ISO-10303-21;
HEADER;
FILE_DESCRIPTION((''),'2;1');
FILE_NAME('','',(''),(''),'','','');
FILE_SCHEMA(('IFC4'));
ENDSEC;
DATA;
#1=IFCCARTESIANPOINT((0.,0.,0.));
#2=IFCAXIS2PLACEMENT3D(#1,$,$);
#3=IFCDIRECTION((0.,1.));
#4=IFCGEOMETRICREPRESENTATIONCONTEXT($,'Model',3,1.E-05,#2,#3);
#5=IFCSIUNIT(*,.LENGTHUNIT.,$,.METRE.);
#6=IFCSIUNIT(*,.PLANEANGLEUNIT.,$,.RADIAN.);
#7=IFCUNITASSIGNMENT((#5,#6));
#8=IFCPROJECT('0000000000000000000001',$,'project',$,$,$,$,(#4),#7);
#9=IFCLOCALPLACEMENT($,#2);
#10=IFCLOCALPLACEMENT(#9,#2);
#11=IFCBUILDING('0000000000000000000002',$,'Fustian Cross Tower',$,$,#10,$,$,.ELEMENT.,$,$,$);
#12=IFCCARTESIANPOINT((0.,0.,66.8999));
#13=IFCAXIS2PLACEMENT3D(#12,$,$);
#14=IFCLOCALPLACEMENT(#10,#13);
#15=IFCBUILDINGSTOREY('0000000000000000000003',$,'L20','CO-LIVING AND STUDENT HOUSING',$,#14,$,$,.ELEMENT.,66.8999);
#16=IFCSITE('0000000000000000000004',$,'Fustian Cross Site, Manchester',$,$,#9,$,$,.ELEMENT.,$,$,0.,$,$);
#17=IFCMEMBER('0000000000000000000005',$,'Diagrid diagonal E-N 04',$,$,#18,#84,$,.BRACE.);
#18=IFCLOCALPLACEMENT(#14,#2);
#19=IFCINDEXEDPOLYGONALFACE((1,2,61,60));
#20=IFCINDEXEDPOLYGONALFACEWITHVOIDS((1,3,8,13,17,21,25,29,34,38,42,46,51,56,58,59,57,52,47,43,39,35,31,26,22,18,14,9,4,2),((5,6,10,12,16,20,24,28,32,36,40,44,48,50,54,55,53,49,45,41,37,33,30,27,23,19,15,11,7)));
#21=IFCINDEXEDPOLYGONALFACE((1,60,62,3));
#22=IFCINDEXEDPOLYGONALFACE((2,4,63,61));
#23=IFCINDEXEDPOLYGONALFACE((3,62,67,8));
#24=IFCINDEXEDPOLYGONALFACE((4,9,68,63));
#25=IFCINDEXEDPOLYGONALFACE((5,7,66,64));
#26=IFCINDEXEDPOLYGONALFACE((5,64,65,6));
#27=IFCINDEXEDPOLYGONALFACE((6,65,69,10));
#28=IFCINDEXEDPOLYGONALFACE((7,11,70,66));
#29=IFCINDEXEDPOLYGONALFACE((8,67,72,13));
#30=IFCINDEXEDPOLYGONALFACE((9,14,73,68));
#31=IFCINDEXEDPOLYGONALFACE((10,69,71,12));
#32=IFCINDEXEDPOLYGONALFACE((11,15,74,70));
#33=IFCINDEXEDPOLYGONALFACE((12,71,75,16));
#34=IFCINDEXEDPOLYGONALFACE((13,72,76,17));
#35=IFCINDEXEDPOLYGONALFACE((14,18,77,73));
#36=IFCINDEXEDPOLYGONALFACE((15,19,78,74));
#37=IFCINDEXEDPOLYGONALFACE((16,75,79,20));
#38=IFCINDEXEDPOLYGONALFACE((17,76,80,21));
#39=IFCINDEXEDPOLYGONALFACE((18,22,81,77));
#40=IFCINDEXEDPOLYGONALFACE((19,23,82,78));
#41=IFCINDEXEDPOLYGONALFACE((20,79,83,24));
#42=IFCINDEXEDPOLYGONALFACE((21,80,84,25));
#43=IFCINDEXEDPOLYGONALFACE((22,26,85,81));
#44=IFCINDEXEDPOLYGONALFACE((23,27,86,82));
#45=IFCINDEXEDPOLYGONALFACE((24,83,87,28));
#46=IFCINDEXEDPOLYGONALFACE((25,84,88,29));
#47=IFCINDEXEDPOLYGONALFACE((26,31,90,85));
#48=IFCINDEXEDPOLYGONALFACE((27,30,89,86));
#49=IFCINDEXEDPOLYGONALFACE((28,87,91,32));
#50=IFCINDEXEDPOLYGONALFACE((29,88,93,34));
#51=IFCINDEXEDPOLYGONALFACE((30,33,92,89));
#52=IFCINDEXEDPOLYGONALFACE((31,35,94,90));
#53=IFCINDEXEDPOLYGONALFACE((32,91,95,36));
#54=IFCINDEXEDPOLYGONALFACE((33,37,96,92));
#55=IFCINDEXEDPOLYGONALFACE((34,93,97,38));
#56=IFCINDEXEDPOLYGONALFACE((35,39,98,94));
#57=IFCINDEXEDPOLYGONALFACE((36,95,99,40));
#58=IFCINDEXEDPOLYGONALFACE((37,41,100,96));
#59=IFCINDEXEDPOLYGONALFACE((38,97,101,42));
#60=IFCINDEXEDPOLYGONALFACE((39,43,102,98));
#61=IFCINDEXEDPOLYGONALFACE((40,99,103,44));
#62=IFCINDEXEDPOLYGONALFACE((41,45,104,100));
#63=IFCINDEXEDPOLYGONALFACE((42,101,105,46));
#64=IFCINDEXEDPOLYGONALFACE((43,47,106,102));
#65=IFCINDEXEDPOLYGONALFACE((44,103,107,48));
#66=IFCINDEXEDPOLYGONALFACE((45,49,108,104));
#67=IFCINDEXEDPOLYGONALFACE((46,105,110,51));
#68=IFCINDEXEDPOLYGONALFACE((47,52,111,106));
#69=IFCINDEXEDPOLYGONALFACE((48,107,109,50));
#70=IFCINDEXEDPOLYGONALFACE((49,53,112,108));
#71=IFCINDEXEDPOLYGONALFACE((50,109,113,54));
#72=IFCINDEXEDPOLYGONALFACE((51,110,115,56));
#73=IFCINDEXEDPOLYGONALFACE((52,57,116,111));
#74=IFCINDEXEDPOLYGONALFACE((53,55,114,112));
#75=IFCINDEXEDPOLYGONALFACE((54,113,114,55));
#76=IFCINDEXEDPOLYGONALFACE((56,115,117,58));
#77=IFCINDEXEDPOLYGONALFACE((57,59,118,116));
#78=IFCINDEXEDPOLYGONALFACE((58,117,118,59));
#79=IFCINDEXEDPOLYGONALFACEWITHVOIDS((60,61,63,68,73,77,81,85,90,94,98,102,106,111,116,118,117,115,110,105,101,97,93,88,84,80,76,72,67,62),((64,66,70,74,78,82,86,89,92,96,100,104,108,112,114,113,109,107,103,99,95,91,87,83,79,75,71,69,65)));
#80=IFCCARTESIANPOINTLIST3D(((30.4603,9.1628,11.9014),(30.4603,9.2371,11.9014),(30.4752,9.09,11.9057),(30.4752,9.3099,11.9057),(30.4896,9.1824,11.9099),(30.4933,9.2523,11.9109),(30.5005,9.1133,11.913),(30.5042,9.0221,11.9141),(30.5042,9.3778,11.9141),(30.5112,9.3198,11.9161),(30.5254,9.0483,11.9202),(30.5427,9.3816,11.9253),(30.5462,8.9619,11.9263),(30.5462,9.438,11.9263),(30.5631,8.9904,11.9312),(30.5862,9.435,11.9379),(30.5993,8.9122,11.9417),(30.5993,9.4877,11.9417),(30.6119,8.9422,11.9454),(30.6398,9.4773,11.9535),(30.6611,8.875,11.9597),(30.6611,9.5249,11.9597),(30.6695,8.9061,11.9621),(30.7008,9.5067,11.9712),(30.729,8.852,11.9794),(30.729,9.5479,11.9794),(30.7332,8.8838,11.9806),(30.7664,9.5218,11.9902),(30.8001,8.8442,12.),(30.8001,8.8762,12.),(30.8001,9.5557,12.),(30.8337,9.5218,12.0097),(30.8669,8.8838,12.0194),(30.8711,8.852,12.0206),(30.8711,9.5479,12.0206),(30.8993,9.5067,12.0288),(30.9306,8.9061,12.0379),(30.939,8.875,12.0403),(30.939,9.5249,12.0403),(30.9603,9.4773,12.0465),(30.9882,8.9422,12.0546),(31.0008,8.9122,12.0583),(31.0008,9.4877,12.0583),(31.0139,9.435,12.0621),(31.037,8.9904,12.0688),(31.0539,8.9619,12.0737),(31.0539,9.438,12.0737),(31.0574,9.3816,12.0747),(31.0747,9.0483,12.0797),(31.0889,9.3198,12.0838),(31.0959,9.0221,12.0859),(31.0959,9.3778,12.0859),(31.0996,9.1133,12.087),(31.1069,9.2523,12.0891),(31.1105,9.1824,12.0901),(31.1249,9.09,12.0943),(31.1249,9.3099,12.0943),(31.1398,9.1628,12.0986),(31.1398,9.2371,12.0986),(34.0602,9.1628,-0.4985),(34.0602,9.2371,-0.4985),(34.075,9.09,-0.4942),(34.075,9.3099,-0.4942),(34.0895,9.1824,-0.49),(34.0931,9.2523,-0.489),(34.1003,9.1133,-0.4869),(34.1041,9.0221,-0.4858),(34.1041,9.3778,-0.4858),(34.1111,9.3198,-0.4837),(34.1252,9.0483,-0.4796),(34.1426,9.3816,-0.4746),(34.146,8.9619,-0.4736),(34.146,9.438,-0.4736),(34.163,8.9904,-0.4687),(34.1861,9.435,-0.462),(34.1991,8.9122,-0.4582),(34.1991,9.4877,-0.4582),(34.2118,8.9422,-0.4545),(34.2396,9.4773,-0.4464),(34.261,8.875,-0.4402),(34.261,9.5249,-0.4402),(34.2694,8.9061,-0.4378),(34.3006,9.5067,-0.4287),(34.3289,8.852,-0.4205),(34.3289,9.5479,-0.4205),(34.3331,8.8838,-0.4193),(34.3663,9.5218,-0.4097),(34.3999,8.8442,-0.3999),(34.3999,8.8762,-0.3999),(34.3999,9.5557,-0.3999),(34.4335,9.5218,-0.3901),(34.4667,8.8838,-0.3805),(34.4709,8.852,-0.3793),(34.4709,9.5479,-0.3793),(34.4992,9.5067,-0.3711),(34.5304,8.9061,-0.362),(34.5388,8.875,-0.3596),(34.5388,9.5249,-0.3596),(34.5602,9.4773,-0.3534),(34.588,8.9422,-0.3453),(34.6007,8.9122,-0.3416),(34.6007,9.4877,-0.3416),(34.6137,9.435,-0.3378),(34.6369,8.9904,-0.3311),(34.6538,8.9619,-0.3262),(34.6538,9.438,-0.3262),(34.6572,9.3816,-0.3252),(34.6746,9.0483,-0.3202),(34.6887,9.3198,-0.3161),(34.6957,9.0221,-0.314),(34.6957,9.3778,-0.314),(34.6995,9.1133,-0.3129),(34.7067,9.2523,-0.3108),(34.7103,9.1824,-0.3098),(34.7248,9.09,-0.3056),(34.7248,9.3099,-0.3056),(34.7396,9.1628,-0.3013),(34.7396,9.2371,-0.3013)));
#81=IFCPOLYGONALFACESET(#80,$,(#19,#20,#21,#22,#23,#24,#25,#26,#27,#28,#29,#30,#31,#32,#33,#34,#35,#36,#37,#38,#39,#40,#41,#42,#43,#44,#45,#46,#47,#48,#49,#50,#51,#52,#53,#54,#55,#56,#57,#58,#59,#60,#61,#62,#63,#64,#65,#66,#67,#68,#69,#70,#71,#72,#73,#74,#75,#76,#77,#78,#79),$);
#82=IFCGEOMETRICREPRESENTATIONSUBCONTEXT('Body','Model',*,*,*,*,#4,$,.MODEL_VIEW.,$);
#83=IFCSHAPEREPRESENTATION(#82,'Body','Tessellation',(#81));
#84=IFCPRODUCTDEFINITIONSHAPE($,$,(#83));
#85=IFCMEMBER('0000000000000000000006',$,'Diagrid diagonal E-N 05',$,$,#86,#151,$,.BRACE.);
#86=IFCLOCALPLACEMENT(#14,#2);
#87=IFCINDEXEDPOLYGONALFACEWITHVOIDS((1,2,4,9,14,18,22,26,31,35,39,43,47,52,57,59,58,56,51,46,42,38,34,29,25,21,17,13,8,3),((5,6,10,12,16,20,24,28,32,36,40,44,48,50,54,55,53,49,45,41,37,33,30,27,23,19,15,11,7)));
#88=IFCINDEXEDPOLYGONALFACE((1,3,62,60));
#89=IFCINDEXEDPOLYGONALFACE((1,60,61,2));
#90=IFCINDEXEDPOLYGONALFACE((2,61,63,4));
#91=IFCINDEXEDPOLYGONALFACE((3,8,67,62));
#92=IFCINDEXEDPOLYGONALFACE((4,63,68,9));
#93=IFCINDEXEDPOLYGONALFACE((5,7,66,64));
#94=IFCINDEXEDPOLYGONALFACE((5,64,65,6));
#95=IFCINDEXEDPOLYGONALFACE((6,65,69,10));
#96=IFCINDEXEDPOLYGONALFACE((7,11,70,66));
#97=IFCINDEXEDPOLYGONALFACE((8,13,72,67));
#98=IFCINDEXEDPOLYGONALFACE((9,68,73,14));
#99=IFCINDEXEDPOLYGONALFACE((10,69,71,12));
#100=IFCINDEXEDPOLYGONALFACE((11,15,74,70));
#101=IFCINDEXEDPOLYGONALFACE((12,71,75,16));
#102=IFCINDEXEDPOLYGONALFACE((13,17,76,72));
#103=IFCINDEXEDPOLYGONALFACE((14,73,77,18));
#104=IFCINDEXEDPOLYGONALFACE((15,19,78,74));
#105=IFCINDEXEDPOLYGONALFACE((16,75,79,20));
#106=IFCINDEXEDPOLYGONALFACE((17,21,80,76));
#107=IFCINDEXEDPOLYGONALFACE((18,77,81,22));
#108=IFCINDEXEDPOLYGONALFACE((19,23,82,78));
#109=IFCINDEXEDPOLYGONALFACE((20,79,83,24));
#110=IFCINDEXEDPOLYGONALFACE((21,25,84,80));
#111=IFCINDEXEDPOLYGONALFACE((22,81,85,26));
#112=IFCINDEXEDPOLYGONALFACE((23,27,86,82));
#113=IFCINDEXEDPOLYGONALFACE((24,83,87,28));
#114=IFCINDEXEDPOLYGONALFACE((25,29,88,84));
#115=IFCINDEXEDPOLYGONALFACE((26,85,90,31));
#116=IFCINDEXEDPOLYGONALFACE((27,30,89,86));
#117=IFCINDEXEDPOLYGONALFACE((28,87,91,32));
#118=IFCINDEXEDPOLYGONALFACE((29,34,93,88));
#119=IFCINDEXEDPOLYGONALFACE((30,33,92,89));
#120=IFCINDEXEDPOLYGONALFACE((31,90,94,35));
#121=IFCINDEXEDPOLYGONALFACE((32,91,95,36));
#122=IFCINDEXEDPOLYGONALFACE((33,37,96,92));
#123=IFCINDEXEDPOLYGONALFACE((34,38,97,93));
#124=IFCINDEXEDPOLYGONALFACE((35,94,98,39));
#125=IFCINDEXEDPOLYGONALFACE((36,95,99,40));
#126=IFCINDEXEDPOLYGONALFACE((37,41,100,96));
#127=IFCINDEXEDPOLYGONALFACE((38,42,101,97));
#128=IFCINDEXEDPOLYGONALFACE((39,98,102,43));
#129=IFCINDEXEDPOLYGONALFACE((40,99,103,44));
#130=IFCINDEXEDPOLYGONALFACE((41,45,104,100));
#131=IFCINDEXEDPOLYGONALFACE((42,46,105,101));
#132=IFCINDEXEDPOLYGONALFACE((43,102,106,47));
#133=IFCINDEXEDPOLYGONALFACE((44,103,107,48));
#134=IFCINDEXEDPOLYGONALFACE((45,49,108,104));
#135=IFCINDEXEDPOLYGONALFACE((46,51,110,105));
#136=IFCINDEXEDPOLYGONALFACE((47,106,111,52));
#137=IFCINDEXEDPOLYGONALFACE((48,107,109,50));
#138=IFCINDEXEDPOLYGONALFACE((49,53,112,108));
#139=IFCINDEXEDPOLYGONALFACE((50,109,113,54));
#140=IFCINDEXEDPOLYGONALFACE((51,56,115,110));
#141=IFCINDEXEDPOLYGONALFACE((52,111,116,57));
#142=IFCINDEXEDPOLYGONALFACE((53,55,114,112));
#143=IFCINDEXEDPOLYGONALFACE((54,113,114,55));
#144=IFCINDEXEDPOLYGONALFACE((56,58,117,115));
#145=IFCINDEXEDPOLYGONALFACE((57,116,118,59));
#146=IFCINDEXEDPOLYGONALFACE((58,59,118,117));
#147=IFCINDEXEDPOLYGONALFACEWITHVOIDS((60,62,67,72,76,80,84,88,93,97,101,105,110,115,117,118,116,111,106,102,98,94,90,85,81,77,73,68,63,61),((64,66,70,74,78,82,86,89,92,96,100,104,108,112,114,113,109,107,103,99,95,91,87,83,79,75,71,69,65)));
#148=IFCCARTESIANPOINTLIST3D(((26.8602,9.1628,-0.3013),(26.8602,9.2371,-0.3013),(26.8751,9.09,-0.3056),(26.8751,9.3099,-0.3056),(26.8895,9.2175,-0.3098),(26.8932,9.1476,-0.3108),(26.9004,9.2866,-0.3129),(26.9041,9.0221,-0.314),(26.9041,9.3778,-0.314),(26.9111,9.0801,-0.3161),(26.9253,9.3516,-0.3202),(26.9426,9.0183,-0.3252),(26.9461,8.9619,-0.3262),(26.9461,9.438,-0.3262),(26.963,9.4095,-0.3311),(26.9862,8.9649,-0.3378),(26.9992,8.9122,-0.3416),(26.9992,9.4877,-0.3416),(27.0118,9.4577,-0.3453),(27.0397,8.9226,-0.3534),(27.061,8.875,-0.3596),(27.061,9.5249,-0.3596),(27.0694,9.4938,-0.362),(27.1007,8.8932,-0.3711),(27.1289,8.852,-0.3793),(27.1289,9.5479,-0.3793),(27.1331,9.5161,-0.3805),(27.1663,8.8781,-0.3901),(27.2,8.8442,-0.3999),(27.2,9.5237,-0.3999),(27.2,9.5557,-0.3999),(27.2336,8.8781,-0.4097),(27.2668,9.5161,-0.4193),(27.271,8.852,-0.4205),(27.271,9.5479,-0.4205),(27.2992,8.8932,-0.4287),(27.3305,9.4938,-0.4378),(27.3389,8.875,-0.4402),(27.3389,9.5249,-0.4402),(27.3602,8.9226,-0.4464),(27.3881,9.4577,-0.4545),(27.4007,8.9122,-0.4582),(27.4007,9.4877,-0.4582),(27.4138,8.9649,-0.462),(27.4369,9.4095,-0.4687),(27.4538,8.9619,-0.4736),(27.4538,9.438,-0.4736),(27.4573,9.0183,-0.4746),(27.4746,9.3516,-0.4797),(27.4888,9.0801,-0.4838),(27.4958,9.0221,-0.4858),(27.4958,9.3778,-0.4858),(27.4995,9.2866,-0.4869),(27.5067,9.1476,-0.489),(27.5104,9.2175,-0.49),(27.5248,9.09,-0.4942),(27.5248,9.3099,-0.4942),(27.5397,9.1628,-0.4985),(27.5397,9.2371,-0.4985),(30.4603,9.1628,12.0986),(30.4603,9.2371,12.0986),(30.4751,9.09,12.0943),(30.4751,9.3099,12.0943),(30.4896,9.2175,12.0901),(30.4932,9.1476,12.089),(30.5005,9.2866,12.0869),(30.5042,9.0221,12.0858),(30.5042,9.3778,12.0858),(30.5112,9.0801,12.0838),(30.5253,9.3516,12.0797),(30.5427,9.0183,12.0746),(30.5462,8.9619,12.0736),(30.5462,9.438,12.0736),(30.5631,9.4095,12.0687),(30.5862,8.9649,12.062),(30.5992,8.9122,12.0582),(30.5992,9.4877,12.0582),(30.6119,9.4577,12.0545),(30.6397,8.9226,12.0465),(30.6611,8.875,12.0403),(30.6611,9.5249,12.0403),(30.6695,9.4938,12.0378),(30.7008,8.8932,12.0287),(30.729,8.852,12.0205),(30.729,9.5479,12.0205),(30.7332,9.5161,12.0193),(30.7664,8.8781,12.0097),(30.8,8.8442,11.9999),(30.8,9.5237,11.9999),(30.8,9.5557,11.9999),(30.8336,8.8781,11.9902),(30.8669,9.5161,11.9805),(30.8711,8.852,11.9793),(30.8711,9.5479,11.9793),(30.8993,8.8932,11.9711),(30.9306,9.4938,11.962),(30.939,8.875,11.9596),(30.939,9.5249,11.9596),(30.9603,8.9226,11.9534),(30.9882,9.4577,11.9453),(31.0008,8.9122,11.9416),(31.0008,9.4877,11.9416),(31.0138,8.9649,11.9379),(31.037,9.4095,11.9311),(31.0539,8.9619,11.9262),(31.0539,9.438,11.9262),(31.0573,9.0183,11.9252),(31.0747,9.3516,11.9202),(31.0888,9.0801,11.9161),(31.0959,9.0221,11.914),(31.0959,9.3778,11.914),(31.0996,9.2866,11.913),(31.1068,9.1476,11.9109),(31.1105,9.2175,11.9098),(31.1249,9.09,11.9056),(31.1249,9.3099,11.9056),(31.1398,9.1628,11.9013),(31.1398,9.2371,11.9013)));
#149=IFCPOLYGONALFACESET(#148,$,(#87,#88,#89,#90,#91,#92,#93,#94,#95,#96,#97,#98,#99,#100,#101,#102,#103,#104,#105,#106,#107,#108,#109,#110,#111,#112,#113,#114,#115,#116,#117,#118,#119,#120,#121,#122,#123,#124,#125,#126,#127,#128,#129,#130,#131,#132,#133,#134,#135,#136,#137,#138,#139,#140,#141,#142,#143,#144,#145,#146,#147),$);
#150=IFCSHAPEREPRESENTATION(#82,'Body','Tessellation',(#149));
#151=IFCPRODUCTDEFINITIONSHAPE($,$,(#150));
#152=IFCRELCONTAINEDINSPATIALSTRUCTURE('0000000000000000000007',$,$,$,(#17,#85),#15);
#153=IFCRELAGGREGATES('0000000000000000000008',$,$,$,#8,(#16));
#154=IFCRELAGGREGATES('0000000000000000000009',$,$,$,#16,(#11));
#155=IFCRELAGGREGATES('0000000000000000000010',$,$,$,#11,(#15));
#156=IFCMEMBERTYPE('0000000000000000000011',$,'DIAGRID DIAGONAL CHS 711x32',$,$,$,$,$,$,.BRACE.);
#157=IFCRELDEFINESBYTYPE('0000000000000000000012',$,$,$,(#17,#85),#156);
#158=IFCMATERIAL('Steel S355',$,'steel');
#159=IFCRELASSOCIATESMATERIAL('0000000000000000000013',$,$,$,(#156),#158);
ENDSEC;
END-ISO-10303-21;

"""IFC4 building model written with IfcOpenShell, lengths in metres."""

from ifc_helpers import new_model, si_unit, direction, frame, origin, origin_2d, place, context, subcontext, project, spatial, hollow_circle, extrude, material, material_profile, profile_set, type_object, element, save


model = new_model("IFC4")

# Units and contexts
model_context = context("Model", 3, precision=1e-05, world=origin(), true_north=direction((0.0, 1.0)))
body_context = subcontext(model_context, "Body", "Model", "MODEL_VIEW")
ifc_project = project(units=[si_unit("LENGTHUNIT", "METRE"), si_unit("PLANEANGLEUNIT", "RADIAN")], contexts=[model_context])

# Site, building, storey
site_placement = place(None, origin())
site = spatial("IfcSite", under=ifc_project, at=site_placement, Name="Fustian Cross Site, Manchester", CompositionType="ELEMENT", RefElevation=0.0)
building_placement = place(site_placement, origin())
building = spatial("IfcBuilding", under=site, at=building_placement, Name="Fustian Cross Tower", CompositionType="ELEMENT")
storey_placement = place(building_placement, frame((0.0, 0.0, 66.8999)))
storey = spatial("IfcBuildingStorey", under=building, at=storey_placement, Name="L20", Description="CO-LIVING AND STUDENT HOUSING", CompositionType="ELEMENT", Elevation=66.8999)

# Members
ifc_material_1 = material(Name="Steel S355", Category="steel")
ifc_material_profile_1 = material_profile(ifc_material_1, hollow_circle(Radius=0.3557, WallThickness=0.032, at=origin_2d()), Name="CHS 711x32")
ifc_profile_set_1 = profile_set([ifc_material_profile_1], Name="Steel S355")
member_type_1 = type_object("IfcMemberType", Name="DIAGRID DIAGONAL CHS 711x32", PredefinedType="BRACE", material=ifc_profile_set_1)
for number, where, z_axis, x_axis, name in (
    (1, (34.3999, 9.2, -0.3999), (-0.278802, 0.0, 0.960349), (0.0, -1.0, 0.0), "Diagrid diagonal E-N 04"),
    (2, (27.2, 9.2, -0.3999), (0.278819, 0.0, 0.960344), (0.0, 1.0, 0.0), "Diagrid diagonal E-N 05"),
):
    element("IfcMember", number, at=place(storey_placement, frame(where, z_axis=z_axis, x_axis=x_axis)), inside=storey, type_object=member_type_1, Name=name, PredefinedType="BRACE", context=body_context, shape_type="SweptSolid", body=[
        extrude(hollow_circle(Radius=0.3557, WallThickness=0.032, at=origin_2d()), origin(), (0.0, 0.0, 1.0), 12.9119),
    ])

save(model, "model.ifc")
